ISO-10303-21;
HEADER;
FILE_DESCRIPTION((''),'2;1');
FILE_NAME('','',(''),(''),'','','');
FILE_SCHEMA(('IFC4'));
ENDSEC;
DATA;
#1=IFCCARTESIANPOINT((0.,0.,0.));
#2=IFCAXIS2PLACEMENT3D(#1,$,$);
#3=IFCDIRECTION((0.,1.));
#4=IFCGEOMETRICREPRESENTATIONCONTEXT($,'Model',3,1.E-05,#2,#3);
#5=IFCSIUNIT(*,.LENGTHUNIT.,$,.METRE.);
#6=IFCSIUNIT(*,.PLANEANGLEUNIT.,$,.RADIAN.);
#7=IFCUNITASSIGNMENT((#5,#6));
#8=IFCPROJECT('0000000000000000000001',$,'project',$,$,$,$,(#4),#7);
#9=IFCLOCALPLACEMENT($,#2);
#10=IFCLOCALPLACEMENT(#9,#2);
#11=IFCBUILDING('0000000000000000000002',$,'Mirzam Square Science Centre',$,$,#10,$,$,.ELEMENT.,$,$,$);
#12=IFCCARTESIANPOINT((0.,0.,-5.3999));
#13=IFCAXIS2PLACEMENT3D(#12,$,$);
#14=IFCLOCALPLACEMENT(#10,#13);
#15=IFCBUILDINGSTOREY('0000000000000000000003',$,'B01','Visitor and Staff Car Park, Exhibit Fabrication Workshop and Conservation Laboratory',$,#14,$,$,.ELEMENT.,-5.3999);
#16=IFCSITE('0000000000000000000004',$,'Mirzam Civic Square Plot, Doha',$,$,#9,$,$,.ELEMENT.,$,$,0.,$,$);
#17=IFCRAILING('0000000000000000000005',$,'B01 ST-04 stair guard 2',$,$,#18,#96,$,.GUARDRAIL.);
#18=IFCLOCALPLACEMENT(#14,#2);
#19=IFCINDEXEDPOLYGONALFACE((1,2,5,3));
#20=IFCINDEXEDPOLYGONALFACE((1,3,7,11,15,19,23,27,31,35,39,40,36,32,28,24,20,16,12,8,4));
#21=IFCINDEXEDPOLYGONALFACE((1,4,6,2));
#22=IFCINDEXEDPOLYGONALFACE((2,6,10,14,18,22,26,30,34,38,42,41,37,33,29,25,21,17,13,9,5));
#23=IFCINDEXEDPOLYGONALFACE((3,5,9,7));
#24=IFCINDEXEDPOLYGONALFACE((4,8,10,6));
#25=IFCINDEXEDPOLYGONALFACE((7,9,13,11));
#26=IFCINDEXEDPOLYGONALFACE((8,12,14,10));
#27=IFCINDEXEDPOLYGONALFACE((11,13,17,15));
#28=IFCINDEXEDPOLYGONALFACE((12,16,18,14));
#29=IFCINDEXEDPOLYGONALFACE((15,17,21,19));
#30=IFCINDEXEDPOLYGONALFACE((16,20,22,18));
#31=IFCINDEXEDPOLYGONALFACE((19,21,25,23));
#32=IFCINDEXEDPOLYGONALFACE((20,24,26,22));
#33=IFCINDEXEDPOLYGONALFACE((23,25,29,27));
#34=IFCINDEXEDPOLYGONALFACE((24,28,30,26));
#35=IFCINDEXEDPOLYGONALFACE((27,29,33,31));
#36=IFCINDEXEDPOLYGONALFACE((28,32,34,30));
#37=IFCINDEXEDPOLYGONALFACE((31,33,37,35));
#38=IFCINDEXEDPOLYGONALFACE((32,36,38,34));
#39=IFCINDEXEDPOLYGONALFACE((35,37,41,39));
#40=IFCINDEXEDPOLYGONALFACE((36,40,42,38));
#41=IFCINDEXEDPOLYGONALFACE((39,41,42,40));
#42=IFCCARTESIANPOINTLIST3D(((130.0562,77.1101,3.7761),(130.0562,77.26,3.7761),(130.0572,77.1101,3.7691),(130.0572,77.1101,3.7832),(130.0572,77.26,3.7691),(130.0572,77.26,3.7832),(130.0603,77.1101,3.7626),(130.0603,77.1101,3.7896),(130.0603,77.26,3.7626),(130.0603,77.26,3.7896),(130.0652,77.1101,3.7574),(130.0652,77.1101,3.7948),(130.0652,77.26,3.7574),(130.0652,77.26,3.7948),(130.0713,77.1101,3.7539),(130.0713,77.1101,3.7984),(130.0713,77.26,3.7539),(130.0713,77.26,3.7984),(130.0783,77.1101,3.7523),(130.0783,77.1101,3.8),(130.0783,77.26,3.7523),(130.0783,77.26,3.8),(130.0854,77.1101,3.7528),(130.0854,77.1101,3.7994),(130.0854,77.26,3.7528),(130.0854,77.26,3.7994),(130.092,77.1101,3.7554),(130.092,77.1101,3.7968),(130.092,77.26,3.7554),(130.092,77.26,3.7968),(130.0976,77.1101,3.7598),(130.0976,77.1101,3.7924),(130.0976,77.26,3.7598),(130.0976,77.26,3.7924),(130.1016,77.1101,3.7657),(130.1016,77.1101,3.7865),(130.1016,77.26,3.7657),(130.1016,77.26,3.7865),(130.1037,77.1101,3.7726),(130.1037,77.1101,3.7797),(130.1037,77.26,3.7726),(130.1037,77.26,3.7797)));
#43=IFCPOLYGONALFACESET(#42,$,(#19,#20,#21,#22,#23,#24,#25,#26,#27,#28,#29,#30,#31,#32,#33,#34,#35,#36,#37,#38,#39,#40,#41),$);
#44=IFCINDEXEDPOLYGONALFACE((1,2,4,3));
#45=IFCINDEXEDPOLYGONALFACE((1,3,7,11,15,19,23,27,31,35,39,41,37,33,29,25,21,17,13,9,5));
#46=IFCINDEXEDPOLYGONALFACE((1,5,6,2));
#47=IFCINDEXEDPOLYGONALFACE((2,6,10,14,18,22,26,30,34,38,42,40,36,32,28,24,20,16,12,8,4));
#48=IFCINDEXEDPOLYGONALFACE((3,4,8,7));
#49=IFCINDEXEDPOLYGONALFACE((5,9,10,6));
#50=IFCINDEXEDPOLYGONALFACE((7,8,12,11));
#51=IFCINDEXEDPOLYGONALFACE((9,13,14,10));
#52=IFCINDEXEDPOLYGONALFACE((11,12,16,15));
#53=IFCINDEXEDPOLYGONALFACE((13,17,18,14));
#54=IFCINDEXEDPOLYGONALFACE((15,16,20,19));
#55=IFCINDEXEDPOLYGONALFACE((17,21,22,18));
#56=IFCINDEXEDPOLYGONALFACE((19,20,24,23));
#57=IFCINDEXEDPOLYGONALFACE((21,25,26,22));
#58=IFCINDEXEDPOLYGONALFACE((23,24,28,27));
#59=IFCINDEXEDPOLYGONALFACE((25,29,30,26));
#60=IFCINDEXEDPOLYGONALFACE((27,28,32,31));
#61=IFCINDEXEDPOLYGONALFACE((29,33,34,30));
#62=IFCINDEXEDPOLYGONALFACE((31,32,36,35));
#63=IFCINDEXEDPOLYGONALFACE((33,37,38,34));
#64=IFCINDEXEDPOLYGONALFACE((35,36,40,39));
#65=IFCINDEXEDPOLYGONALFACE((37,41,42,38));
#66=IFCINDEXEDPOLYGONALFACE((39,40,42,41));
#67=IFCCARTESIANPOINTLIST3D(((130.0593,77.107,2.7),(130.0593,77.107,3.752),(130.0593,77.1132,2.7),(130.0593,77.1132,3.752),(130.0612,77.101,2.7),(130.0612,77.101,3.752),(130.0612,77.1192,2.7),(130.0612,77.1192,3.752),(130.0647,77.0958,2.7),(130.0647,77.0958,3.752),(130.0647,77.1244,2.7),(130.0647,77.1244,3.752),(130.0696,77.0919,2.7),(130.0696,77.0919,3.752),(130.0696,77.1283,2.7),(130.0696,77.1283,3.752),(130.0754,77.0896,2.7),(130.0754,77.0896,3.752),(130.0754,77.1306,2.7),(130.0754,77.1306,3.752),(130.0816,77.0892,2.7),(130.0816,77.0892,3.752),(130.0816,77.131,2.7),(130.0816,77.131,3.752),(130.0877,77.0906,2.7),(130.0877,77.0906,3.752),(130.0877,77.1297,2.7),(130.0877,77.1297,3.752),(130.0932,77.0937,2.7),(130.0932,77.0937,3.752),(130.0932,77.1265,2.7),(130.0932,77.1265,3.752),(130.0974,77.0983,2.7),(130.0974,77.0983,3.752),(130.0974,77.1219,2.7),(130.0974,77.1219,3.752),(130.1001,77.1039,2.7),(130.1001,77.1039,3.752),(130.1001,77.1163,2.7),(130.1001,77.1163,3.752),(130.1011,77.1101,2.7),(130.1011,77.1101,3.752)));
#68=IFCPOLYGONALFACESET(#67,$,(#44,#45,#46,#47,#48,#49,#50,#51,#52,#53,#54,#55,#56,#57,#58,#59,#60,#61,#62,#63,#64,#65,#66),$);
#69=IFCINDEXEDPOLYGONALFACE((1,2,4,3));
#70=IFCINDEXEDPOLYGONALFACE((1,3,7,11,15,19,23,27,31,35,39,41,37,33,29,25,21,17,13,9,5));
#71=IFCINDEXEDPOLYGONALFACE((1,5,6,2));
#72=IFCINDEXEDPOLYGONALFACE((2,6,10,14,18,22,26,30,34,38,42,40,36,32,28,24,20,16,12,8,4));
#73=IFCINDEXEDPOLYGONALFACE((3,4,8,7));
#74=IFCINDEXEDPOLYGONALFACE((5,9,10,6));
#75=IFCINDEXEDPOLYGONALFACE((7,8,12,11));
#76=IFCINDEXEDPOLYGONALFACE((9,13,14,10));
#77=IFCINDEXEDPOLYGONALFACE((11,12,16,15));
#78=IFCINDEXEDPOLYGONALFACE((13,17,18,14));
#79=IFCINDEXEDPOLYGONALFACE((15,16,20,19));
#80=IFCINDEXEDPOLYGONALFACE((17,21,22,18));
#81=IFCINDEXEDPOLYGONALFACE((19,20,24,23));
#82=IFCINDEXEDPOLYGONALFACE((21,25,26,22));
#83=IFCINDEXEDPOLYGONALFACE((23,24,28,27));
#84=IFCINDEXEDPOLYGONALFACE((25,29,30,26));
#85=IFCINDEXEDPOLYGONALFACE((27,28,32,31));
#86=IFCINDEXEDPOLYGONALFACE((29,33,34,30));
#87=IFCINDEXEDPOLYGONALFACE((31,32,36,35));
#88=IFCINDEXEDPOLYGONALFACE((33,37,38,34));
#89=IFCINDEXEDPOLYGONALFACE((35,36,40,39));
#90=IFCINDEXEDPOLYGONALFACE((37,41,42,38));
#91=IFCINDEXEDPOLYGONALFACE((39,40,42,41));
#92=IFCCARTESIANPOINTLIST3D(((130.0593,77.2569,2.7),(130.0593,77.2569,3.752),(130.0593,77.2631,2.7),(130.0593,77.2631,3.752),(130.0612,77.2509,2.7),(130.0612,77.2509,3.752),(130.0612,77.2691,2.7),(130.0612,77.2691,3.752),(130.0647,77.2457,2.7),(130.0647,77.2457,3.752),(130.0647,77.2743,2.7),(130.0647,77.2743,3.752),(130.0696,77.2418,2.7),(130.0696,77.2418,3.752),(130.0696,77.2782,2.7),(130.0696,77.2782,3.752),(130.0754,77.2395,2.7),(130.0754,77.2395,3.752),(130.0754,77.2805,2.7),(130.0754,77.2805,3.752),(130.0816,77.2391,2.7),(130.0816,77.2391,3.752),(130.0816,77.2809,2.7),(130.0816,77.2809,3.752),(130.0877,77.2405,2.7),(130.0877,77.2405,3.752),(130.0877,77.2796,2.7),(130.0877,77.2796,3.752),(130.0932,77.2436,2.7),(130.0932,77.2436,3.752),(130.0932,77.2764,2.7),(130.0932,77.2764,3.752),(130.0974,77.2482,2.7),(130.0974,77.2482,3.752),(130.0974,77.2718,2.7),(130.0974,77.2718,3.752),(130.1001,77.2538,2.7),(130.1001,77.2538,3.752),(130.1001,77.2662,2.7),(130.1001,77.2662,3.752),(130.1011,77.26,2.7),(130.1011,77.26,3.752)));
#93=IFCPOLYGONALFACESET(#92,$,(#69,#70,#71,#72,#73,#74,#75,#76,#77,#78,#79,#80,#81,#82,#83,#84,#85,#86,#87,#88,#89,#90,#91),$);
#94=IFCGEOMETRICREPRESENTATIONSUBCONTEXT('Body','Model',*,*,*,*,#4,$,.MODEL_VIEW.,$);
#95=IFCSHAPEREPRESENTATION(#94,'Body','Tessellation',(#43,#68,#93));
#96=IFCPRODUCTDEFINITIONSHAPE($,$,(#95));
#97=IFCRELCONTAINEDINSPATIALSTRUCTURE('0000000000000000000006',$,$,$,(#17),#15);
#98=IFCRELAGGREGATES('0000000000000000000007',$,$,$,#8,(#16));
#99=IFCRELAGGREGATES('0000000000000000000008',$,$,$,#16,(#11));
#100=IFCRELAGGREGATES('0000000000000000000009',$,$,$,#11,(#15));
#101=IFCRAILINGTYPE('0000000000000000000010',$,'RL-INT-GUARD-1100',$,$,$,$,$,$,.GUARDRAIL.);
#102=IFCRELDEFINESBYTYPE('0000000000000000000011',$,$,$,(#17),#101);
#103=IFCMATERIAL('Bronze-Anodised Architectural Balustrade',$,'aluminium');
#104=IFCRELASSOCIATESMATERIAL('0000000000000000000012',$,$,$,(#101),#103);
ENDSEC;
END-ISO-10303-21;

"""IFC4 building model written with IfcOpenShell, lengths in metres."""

from ifc_helpers import new_model, si_unit, direction, frame, origin, origin_2d, place, context, subcontext, project, spatial, circle, extrude, material, type_object, element, save


model = new_model("IFC4")

# Units and contexts
model_context = context("Model", 3, precision=1e-05, world=origin(), true_north=direction((0.0, 1.0)))
body_context = subcontext(model_context, "Body", "Model", "MODEL_VIEW")
ifc_project = project(units=[si_unit("LENGTHUNIT", "METRE"), si_unit("PLANEANGLEUNIT", "RADIAN")], contexts=[model_context])

# Site, building, storey
site_placement = place(None, origin())
site = spatial("IfcSite", under=ifc_project, at=site_placement, Name="Mirzam Civic Square Plot, Doha", CompositionType="ELEMENT", RefElevation=0.0)
building_placement = place(site_placement, origin())
building = spatial("IfcBuilding", under=site, at=building_placement, Name="Mirzam Square Science Centre", CompositionType="ELEMENT")
storey_placement = place(building_placement, frame((0.0, 0.0, -5.3999)))
storey = spatial("IfcBuildingStorey", under=building, at=storey_placement, Name="B01", Description="Visitor and Staff Car Park, Exhibit Fabrication Workshop and Conservation Laboratory", CompositionType="ELEMENT", Elevation=-5.3999)

# Railing
ifc_material_1 = material(Name="Bronze-Anodised Architectural Balustrade", Category="aluminium")
railing_type_1 = type_object("IfcRailingType", Name="RL-INT-GUARD-1100", PredefinedType="GUARDRAIL", material=ifc_material_1)
railing_1_placement = place(storey_placement, frame((130.0801, 77.1101, 2.7)))
element("IfcRailing", 1, at=railing_1_placement, inside=storey, type_object=railing_type_1, Name="B01 ST-04 stair guard 2", PredefinedType="GUARDRAIL", context=body_context, shape_type="SweptSolid", body=[
    extrude(circle(Radius=0.0239, at=origin_2d()), frame((0.0, 0.0, 1.0762), z_axis=(0.0, 1.0, 0.0), x_axis=(-1.0, 0.0, 0.0)), (0.0, 0.0, 1.0), 0.1499),
    extrude(circle(Radius=0.021, at=origin_2d()), origin(), (0.0, 0.0, 1.0), 1.052),
    extrude(circle(Radius=0.021, at=origin_2d()), frame((0.0, 0.1499, 0.0)), (0.0, 0.0, 1.0), 1.052),
])

save(model, "model.ifc")
